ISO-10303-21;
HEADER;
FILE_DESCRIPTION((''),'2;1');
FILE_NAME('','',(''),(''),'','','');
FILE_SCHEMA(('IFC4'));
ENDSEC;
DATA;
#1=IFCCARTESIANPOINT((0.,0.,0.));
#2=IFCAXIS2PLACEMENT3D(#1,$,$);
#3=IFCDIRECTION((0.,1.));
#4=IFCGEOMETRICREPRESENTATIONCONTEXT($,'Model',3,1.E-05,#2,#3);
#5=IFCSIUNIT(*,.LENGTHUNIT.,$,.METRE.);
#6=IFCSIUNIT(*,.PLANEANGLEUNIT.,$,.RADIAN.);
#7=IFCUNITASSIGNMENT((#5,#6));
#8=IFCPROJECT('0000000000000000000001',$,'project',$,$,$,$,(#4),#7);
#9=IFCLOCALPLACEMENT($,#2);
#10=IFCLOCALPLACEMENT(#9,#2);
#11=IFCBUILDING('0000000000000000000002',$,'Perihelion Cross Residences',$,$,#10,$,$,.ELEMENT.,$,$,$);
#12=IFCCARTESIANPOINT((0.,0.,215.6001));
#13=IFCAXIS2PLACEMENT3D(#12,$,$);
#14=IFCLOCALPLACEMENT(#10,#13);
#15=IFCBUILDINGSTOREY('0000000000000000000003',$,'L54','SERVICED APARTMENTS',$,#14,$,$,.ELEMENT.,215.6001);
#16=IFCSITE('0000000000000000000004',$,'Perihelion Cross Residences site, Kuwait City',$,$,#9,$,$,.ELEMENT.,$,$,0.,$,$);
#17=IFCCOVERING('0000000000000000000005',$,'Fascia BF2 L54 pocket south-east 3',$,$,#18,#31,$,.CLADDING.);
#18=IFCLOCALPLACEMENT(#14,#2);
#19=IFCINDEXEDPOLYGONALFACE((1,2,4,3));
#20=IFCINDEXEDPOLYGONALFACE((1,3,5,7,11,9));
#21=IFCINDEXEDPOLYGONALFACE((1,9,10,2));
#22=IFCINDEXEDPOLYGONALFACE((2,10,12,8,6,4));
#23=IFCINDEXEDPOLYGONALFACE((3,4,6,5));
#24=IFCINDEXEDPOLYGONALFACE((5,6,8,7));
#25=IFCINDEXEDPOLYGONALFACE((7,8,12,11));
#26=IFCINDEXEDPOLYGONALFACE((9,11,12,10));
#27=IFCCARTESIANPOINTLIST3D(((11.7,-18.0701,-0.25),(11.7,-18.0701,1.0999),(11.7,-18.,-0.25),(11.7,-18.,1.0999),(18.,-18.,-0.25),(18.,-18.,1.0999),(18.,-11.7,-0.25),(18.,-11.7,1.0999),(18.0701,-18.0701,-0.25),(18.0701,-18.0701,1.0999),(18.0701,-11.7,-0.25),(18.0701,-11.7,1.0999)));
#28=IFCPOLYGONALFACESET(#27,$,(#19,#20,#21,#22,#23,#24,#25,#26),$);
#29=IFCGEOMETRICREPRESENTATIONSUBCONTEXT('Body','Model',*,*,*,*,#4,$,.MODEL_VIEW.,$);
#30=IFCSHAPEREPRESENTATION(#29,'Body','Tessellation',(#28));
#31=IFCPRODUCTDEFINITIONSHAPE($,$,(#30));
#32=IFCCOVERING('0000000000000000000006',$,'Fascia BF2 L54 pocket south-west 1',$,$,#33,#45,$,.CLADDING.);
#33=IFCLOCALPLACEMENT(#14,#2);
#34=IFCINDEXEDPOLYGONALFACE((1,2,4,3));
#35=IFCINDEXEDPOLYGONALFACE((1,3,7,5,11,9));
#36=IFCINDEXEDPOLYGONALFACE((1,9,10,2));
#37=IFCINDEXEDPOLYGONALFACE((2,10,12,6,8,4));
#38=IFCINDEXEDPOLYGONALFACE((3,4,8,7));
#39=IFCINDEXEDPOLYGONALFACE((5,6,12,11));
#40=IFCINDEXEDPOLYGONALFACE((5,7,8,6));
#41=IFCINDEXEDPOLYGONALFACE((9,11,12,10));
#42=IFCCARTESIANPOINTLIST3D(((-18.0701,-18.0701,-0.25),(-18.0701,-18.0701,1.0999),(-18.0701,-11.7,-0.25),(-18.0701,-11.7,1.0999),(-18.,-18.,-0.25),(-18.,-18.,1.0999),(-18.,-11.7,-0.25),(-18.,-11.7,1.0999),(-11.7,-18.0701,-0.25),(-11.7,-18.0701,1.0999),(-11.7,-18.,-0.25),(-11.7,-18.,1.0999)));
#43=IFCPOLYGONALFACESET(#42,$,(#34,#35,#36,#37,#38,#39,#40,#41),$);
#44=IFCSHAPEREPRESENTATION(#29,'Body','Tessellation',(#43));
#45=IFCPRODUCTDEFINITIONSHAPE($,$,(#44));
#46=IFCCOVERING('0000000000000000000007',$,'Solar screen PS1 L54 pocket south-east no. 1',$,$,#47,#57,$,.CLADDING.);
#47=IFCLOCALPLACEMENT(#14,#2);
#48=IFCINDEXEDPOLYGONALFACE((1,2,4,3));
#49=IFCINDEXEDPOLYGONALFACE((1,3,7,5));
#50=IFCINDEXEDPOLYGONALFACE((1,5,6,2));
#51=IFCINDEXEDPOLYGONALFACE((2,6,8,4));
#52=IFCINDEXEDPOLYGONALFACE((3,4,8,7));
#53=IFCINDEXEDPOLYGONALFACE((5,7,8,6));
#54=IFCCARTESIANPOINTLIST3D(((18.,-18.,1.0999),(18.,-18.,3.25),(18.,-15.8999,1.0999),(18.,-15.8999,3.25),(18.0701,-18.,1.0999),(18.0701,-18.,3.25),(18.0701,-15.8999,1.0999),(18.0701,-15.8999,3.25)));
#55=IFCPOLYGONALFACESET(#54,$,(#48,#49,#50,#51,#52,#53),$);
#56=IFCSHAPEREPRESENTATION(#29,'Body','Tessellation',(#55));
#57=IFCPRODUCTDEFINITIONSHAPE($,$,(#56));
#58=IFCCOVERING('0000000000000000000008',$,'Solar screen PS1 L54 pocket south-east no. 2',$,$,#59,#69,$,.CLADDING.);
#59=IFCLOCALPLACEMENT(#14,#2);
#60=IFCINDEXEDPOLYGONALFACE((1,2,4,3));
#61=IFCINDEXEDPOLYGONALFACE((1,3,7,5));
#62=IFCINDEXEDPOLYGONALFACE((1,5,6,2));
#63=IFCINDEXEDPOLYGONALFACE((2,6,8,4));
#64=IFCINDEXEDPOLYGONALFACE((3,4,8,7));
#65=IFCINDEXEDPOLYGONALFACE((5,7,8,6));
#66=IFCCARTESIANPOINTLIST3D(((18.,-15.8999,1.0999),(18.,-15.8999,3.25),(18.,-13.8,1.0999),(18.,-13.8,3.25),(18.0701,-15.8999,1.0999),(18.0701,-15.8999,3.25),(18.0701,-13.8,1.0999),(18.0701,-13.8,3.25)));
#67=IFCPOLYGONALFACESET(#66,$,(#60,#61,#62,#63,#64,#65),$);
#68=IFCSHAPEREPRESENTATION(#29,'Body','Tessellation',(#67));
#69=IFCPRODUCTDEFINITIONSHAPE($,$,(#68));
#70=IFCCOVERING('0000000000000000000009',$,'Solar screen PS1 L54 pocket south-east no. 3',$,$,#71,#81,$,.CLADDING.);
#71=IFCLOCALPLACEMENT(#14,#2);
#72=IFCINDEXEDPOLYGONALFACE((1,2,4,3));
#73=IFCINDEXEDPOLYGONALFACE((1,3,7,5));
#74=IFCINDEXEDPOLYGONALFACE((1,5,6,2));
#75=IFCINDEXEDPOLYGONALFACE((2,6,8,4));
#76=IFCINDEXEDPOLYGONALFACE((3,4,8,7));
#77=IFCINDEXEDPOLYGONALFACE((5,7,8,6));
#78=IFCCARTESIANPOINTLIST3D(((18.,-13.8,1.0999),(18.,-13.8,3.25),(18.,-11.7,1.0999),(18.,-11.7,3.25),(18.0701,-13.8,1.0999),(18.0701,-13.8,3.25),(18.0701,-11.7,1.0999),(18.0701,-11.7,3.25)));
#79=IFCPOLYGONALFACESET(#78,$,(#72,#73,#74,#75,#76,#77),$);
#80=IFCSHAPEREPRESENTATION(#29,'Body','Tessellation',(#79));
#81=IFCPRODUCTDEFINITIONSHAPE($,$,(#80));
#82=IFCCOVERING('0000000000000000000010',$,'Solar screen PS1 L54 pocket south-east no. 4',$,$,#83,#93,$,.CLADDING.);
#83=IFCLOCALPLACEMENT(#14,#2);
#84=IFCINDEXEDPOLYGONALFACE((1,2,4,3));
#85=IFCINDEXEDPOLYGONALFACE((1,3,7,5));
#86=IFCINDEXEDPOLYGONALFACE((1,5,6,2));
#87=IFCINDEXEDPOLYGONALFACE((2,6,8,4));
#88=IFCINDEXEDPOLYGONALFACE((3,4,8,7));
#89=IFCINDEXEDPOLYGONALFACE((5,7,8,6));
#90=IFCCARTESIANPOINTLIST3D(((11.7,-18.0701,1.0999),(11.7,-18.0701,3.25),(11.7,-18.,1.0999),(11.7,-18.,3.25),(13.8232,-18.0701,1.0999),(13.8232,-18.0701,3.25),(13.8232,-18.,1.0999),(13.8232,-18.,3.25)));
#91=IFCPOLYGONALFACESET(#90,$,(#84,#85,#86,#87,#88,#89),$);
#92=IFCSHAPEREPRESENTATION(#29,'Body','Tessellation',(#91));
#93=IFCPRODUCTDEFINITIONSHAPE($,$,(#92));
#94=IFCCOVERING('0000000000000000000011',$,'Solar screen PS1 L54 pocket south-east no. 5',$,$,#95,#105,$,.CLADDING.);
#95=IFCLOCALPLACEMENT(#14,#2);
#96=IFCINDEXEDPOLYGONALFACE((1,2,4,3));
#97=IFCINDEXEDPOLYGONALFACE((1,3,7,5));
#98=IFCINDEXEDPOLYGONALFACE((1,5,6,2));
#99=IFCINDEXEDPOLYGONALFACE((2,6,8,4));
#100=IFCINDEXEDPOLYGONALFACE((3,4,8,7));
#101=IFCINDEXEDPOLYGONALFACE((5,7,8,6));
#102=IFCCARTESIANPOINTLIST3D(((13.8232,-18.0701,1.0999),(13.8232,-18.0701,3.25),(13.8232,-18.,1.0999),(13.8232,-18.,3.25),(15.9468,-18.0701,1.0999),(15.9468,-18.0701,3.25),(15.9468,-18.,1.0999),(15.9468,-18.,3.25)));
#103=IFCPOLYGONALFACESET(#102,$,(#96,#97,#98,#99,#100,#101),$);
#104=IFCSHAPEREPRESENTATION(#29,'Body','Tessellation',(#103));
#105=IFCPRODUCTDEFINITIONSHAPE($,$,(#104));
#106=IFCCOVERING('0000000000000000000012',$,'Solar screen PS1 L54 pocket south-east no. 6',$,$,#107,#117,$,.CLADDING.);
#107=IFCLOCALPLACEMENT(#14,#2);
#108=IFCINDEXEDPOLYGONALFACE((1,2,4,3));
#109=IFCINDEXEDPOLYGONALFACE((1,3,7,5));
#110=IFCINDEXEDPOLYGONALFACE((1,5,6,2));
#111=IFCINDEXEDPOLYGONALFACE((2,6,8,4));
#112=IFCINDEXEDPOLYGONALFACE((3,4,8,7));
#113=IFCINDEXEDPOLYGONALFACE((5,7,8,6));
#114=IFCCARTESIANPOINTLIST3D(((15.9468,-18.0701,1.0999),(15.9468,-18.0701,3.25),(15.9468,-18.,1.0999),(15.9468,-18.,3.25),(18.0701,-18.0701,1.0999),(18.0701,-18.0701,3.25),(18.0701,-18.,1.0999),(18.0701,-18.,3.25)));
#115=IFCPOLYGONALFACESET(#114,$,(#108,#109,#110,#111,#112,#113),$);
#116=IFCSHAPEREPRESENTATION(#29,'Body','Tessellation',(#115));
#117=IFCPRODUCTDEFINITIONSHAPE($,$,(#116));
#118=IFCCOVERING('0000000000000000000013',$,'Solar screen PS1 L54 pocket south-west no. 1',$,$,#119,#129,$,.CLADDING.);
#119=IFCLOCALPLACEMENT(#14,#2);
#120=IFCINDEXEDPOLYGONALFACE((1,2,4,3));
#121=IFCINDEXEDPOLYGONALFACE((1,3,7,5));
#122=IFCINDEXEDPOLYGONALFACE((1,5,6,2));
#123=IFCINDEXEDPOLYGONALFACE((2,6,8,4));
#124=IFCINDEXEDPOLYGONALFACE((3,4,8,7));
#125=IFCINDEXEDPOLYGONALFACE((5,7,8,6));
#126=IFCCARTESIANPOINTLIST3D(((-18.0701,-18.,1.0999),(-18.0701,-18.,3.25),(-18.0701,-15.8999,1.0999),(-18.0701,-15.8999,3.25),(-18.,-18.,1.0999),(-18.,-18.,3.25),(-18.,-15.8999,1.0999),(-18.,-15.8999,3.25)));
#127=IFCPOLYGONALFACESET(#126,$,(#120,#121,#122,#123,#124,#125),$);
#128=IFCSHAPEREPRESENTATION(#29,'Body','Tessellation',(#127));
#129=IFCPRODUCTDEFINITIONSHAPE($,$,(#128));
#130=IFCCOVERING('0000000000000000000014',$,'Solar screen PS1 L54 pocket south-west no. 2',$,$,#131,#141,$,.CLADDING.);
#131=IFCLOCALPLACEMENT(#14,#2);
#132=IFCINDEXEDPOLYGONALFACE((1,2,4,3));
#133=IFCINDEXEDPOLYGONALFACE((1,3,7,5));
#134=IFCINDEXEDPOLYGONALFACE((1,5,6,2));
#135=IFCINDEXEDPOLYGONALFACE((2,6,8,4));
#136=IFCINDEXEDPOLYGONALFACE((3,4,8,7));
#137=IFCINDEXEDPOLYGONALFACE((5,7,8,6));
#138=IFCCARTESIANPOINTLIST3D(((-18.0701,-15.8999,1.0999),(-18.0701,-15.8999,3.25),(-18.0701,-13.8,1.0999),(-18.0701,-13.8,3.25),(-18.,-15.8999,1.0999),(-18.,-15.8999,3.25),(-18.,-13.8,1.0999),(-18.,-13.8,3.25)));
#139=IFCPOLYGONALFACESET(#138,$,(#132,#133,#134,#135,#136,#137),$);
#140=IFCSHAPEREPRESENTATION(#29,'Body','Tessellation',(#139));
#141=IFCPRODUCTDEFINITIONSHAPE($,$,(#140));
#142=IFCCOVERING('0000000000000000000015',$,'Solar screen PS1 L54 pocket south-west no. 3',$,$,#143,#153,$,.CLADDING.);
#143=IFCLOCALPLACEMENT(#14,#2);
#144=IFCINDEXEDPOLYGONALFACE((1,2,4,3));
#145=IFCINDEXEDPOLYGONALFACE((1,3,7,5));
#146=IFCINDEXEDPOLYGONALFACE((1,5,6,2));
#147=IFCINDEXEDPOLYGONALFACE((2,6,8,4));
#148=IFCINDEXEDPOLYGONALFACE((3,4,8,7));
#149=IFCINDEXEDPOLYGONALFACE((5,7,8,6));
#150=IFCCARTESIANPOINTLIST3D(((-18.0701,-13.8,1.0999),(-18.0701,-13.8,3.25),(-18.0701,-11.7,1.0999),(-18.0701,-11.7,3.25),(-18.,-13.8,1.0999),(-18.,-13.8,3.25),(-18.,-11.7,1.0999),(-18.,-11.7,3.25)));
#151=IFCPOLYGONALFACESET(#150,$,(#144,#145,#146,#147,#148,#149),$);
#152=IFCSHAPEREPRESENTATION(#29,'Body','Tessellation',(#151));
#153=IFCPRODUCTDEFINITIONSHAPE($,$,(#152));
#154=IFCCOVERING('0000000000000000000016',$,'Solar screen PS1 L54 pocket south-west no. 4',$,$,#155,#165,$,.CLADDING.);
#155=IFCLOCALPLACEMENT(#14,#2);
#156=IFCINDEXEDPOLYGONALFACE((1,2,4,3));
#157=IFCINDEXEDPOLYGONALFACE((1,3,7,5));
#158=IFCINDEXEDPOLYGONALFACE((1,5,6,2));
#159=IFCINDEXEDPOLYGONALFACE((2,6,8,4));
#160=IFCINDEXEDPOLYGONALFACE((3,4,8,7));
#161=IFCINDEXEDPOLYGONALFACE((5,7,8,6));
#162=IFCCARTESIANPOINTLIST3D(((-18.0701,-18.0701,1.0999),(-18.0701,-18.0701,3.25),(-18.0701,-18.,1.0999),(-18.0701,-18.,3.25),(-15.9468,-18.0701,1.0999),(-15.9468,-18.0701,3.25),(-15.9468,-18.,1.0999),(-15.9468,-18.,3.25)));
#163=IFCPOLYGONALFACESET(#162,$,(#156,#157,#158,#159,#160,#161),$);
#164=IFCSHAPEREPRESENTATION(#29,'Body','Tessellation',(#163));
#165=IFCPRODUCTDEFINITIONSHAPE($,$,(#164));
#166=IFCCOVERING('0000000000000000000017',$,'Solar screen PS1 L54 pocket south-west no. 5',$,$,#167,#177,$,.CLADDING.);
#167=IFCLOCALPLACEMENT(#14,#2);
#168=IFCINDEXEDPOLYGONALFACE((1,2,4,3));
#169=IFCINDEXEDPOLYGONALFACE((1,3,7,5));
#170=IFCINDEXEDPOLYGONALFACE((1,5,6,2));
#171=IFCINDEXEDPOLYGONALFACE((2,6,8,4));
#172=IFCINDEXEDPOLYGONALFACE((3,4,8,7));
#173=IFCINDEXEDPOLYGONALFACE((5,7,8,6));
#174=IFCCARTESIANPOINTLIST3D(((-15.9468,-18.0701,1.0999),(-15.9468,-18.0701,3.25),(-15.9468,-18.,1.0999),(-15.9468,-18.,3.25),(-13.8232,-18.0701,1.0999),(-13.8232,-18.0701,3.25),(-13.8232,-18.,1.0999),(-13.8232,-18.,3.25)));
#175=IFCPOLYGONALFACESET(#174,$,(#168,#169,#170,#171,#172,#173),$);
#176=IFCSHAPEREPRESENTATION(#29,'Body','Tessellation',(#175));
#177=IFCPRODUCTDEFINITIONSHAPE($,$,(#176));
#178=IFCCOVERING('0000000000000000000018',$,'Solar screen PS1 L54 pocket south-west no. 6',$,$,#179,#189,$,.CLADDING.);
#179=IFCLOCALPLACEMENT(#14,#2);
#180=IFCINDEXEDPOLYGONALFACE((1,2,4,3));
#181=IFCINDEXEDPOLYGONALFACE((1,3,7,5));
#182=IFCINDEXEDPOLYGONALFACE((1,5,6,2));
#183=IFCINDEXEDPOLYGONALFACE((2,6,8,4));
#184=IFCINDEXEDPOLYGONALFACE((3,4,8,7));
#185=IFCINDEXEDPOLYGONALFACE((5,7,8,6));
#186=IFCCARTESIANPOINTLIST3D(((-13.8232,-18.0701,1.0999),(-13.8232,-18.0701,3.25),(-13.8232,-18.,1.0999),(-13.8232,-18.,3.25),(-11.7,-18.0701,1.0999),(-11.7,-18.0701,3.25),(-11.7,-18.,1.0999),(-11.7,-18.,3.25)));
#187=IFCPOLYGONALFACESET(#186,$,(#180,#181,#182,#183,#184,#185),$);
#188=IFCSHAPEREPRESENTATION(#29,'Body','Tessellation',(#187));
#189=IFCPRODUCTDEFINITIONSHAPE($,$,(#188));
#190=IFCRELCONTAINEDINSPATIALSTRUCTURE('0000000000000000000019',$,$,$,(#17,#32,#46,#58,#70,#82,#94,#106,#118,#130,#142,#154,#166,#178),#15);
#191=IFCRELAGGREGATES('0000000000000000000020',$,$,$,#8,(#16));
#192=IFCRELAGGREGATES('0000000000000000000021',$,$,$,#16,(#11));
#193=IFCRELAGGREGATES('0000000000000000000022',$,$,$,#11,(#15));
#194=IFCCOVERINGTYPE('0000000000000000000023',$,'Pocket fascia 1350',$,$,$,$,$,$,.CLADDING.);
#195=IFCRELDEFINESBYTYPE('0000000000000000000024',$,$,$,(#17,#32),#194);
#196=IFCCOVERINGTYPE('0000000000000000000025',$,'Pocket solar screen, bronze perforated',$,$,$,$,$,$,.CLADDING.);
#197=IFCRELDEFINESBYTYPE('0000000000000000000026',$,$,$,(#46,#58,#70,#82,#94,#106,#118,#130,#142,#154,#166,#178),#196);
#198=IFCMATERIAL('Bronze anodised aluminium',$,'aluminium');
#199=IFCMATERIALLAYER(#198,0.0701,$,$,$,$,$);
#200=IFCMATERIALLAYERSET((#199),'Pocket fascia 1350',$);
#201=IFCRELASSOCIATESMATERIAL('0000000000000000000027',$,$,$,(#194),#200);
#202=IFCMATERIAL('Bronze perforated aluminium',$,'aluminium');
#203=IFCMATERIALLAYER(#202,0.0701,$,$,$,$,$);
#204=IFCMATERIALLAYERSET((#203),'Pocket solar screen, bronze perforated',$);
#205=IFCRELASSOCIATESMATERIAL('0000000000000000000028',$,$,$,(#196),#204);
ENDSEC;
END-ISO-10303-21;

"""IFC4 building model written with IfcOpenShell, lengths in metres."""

from ifc_helpers import new_model, si_unit, direction, frame, origin, place, context, subcontext, project, spatial, polyline, outline, extrude, material, layer, layer_set, type_object, element, save


model = new_model("IFC4")

# Units and contexts
model_context = context("Model", 3, precision=1e-05, world=origin(), true_north=direction((0.0, 1.0)))
body_context = subcontext(model_context, "Body", "Model", "MODEL_VIEW")
ifc_project = project(units=[si_unit("LENGTHUNIT", "METRE"), si_unit("PLANEANGLEUNIT", "RADIAN")], contexts=[model_context])

# Site, building, storey
site_placement = place(None, origin())
site = spatial("IfcSite", under=ifc_project, at=site_placement, Name="Perihelion Cross Residences site, Kuwait City", CompositionType="ELEMENT", RefElevation=0.0)
building_placement = place(site_placement, origin())
building = spatial("IfcBuilding", under=site, at=building_placement, Name="Perihelion Cross Residences", CompositionType="ELEMENT")
storey_placement = place(building_placement, frame((0.0, 0.0, 215.6001)))
storey = spatial("IfcBuildingStorey", under=building, at=storey_placement, Name="L54", Description="SERVICED APARTMENTS", CompositionType="ELEMENT", Elevation=215.6001)

# Coverings
ifc_material_1 = material(Name="Bronze anodised aluminium", Category="aluminium")
ifc_layer_1 = layer(ifc_material_1, 0.0701)
ifc_layer_set_1 = layer_set([ifc_layer_1], Name="Pocket fascia 1350")
covering_type_1 = type_object("IfcCoveringType", Name="Pocket fascia 1350", PredefinedType="CLADDING", material=ifc_layer_set_1)
covering_1_placement = place(storey_placement, frame((0.0, 0.0, -0.25)))
element("IfcCovering", 1, at=covering_1_placement, inside=storey, type_object=covering_type_1, Name="Fascia BF2 L54 pocket south-east 3", PredefinedType="CLADDING", context=body_context, shape_type="SweptSolid", body=[
    extrude(outline(polyline([(18.0701, -18.0701), (18.0701, -11.7), (18.0, -11.7), (18.0, -18.0), (11.7, -18.0), (11.7, -18.0701), (18.0701, -18.0701)])), origin(), (0.0, 0.0, 1.0), 1.3499),
])
covering_2_placement = place(storey_placement, frame((0.0, 0.0, -0.25)))
element("IfcCovering", 2, at=covering_2_placement, inside=storey, type_object=covering_type_1, Name="Fascia BF2 L54 pocket south-west 1", PredefinedType="CLADDING", context=body_context, shape_type="SweptSolid", body=[
    extrude(outline(polyline([(-18.0701, -11.7), (-18.0701, -18.0701), (-11.7, -18.0701), (-11.7, -18.0), (-18.0, -18.0), (-18.0, -11.7), (-18.0701, -11.7)])), origin(), (0.0, 0.0, 1.0), 1.3499),
])
ifc_material_2 = material(Name="Bronze perforated aluminium", Category="aluminium")
ifc_layer_2 = layer(ifc_material_2, 0.0701)
ifc_layer_set_2 = layer_set([ifc_layer_2], Name="Pocket solar screen, bronze perforated")
covering_type_2 = type_object("IfcCoveringType", Name="Pocket solar screen, bronze perforated", PredefinedType="CLADDING", material=ifc_layer_set_2)
covering_3_placement = place(storey_placement, frame((0.0, 0.0, 1.0999)))
element("IfcCovering", 3, at=covering_3_placement, inside=storey, type_object=covering_type_2, Name="Solar screen PS1 L54 pocket south-east no. 1", PredefinedType="CLADDING", context=body_context, shape_type="SweptSolid", body=[
    extrude(outline(polyline([(18.0701, -18.0), (18.0701, -15.8999), (18.0, -15.8999), (18.0, -18.0), (18.0701, -18.0)])), origin(), (0.0, 0.0, 1.0), 2.1501),
])
covering_4_placement = place(storey_placement, frame((0.0, 0.0, 1.0999)))
element("IfcCovering", 4, at=covering_4_placement, inside=storey, type_object=covering_type_2, Name="Solar screen PS1 L54 pocket south-east no. 2", PredefinedType="CLADDING", context=body_context, shape_type="SweptSolid", body=[
    extrude(outline(polyline([(18.0701, -15.8999), (18.0701, -13.8), (18.0, -13.8), (18.0, -15.8999), (18.0701, -15.8999)])), origin(), (0.0, 0.0, 1.0), 2.1501),
])
covering_5_placement = place(storey_placement, frame((0.0, 0.0, 1.0999)))
element("IfcCovering", 5, at=covering_5_placement, inside=storey, type_object=covering_type_2, Name="Solar screen PS1 L54 pocket south-east no. 3", PredefinedType="CLADDING", context=body_context, shape_type="SweptSolid", body=[
    extrude(outline(polyline([(18.0701, -13.8), (18.0701, -11.7), (18.0, -11.7), (18.0, -13.8), (18.0701, -13.8)])), origin(), (0.0, 0.0, 1.0), 2.1501),
])
covering_6_placement = place(storey_placement, frame((0.0, 0.0, 1.0999)))
element("IfcCovering", 6, at=covering_6_placement, inside=storey, type_object=covering_type_2, Name="Solar screen PS1 L54 pocket south-east no. 4", PredefinedType="CLADDING", context=body_context, shape_type="SweptSolid", body=[
    extrude(outline(polyline([(13.8232, -18.0701), (13.8232, -18.0), (11.7, -18.0), (11.7, -18.0701), (13.8232, -18.0701)])), origin(), (0.0, 0.0, 1.0), 2.1501),
])
covering_7_placement = place(storey_placement, frame((0.0, 0.0, 1.0999)))
element("IfcCovering", 7, at=covering_7_placement, inside=storey, type_object=covering_type_2, Name="Solar screen PS1 L54 pocket south-east no. 5", PredefinedType="CLADDING", context=body_context, shape_type="SweptSolid", body=[
    extrude(outline(polyline([(15.9468, -18.0701), (15.9468, -18.0), (13.8232, -18.0), (13.8232, -18.0701), (15.9468, -18.0701)])), origin(), (0.0, 0.0, 1.0), 2.1501),
])
covering_8_placement = place(storey_placement, frame((0.0, 0.0, 1.0999)))
element("IfcCovering", 8, at=covering_8_placement, inside=storey, type_object=covering_type_2, Name="Solar screen PS1 L54 pocket south-east no. 6", PredefinedType="CLADDING", context=body_context, shape_type="SweptSolid", body=[
    extrude(outline(polyline([(18.0701, -18.0701), (18.0701, -18.0), (15.9468, -18.0), (15.9468, -18.0701), (18.0701, -18.0701)])), origin(), (0.0, 0.0, 1.0), 2.1501),
])
covering_9_placement = place(storey_placement, frame((0.0, 0.0, 1.0999)))
element("IfcCovering", 9, at=covering_9_placement, inside=storey, type_object=covering_type_2, Name="Solar screen PS1 L54 pocket south-west no. 1", PredefinedType="CLADDING", context=body_context, shape_type="SweptSolid", body=[
    extrude(outline(polyline([(-18.0, -18.0), (-18.0, -15.8999), (-18.0701, -15.8999), (-18.0701, -18.0), (-18.0, -18.0)])), origin(), (0.0, 0.0, 1.0), 2.1501),
])
covering_10_placement = place(storey_placement, frame((0.0, 0.0, 1.0999)))
element("IfcCovering", 10, at=covering_10_placement, inside=storey, type_object=covering_type_2, Name="Solar screen PS1 L54 pocket south-west no. 2", PredefinedType="CLADDING", context=body_context, shape_type="SweptSolid", body=[
    extrude(outline(polyline([(-18.0, -15.8999), (-18.0, -13.8), (-18.0701, -13.8), (-18.0701, -15.8999), (-18.0, -15.8999)])), origin(), (0.0, 0.0, 1.0), 2.1501),
])
covering_11_placement = place(storey_placement, frame((0.0, 0.0, 1.0999)))
element("IfcCovering", 11, at=covering_11_placement, inside=storey, type_object=covering_type_2, Name="Solar screen PS1 L54 pocket south-west no. 3", PredefinedType="CLADDING", context=body_context, shape_type="SweptSolid", body=[
    extrude(outline(polyline([(-18.0, -13.8), (-18.0, -11.7), (-18.0701, -11.7), (-18.0701, -13.8), (-18.0, -13.8)])), origin(), (0.0, 0.0, 1.0), 2.1501),
])
covering_12_placement = place(storey_placement, frame((0.0, 0.0, 1.0999)))
element("IfcCovering", 12, at=covering_12_placement, inside=storey, type_object=covering_type_2, Name="Solar screen PS1 L54 pocket south-west no. 4", PredefinedType="CLADDING", context=body_context, shape_type="SweptSolid", body=[
    extrude(outline(polyline([(-15.9468, -18.0701), (-15.9468, -18.0), (-18.0701, -18.0), (-18.0701, -18.0701), (-15.9468, -18.0701)])), origin(), (0.0, 0.0, 1.0), 2.1501),
])
covering_13_placement = place(storey_placement, frame((0.0, 0.0, 1.0999)))
element("IfcCovering", 13, at=covering_13_placement, inside=storey, type_object=covering_type_2, Name="Solar screen PS1 L54 pocket south-west no. 5", PredefinedType="CLADDING", context=body_context, shape_type="SweptSolid", body=[
    extrude(outline(polyline([(-13.8232, -18.0701), (-13.8232, -18.0), (-15.9468, -18.0), (-15.9468, -18.0701), (-13.8232, -18.0701)])), origin(), (0.0, 0.0, 1.0), 2.1501),
])
covering_14_placement = place(storey_placement, frame((0.0, 0.0, 1.0999)))
element("IfcCovering", 14, at=covering_14_placement, inside=storey, type_object=covering_type_2, Name="Solar screen PS1 L54 pocket south-west no. 6", PredefinedType="CLADDING", context=body_context, shape_type="SweptSolid", body=[
    extrude(outline(polyline([(-11.7, -18.0701), (-11.7, -18.0), (-13.8232, -18.0), (-13.8232, -18.0701), (-11.7, -18.0701)])), origin(), (0.0, 0.0, 1.0), 2.1501),
])

save(model, "model.ifc")
